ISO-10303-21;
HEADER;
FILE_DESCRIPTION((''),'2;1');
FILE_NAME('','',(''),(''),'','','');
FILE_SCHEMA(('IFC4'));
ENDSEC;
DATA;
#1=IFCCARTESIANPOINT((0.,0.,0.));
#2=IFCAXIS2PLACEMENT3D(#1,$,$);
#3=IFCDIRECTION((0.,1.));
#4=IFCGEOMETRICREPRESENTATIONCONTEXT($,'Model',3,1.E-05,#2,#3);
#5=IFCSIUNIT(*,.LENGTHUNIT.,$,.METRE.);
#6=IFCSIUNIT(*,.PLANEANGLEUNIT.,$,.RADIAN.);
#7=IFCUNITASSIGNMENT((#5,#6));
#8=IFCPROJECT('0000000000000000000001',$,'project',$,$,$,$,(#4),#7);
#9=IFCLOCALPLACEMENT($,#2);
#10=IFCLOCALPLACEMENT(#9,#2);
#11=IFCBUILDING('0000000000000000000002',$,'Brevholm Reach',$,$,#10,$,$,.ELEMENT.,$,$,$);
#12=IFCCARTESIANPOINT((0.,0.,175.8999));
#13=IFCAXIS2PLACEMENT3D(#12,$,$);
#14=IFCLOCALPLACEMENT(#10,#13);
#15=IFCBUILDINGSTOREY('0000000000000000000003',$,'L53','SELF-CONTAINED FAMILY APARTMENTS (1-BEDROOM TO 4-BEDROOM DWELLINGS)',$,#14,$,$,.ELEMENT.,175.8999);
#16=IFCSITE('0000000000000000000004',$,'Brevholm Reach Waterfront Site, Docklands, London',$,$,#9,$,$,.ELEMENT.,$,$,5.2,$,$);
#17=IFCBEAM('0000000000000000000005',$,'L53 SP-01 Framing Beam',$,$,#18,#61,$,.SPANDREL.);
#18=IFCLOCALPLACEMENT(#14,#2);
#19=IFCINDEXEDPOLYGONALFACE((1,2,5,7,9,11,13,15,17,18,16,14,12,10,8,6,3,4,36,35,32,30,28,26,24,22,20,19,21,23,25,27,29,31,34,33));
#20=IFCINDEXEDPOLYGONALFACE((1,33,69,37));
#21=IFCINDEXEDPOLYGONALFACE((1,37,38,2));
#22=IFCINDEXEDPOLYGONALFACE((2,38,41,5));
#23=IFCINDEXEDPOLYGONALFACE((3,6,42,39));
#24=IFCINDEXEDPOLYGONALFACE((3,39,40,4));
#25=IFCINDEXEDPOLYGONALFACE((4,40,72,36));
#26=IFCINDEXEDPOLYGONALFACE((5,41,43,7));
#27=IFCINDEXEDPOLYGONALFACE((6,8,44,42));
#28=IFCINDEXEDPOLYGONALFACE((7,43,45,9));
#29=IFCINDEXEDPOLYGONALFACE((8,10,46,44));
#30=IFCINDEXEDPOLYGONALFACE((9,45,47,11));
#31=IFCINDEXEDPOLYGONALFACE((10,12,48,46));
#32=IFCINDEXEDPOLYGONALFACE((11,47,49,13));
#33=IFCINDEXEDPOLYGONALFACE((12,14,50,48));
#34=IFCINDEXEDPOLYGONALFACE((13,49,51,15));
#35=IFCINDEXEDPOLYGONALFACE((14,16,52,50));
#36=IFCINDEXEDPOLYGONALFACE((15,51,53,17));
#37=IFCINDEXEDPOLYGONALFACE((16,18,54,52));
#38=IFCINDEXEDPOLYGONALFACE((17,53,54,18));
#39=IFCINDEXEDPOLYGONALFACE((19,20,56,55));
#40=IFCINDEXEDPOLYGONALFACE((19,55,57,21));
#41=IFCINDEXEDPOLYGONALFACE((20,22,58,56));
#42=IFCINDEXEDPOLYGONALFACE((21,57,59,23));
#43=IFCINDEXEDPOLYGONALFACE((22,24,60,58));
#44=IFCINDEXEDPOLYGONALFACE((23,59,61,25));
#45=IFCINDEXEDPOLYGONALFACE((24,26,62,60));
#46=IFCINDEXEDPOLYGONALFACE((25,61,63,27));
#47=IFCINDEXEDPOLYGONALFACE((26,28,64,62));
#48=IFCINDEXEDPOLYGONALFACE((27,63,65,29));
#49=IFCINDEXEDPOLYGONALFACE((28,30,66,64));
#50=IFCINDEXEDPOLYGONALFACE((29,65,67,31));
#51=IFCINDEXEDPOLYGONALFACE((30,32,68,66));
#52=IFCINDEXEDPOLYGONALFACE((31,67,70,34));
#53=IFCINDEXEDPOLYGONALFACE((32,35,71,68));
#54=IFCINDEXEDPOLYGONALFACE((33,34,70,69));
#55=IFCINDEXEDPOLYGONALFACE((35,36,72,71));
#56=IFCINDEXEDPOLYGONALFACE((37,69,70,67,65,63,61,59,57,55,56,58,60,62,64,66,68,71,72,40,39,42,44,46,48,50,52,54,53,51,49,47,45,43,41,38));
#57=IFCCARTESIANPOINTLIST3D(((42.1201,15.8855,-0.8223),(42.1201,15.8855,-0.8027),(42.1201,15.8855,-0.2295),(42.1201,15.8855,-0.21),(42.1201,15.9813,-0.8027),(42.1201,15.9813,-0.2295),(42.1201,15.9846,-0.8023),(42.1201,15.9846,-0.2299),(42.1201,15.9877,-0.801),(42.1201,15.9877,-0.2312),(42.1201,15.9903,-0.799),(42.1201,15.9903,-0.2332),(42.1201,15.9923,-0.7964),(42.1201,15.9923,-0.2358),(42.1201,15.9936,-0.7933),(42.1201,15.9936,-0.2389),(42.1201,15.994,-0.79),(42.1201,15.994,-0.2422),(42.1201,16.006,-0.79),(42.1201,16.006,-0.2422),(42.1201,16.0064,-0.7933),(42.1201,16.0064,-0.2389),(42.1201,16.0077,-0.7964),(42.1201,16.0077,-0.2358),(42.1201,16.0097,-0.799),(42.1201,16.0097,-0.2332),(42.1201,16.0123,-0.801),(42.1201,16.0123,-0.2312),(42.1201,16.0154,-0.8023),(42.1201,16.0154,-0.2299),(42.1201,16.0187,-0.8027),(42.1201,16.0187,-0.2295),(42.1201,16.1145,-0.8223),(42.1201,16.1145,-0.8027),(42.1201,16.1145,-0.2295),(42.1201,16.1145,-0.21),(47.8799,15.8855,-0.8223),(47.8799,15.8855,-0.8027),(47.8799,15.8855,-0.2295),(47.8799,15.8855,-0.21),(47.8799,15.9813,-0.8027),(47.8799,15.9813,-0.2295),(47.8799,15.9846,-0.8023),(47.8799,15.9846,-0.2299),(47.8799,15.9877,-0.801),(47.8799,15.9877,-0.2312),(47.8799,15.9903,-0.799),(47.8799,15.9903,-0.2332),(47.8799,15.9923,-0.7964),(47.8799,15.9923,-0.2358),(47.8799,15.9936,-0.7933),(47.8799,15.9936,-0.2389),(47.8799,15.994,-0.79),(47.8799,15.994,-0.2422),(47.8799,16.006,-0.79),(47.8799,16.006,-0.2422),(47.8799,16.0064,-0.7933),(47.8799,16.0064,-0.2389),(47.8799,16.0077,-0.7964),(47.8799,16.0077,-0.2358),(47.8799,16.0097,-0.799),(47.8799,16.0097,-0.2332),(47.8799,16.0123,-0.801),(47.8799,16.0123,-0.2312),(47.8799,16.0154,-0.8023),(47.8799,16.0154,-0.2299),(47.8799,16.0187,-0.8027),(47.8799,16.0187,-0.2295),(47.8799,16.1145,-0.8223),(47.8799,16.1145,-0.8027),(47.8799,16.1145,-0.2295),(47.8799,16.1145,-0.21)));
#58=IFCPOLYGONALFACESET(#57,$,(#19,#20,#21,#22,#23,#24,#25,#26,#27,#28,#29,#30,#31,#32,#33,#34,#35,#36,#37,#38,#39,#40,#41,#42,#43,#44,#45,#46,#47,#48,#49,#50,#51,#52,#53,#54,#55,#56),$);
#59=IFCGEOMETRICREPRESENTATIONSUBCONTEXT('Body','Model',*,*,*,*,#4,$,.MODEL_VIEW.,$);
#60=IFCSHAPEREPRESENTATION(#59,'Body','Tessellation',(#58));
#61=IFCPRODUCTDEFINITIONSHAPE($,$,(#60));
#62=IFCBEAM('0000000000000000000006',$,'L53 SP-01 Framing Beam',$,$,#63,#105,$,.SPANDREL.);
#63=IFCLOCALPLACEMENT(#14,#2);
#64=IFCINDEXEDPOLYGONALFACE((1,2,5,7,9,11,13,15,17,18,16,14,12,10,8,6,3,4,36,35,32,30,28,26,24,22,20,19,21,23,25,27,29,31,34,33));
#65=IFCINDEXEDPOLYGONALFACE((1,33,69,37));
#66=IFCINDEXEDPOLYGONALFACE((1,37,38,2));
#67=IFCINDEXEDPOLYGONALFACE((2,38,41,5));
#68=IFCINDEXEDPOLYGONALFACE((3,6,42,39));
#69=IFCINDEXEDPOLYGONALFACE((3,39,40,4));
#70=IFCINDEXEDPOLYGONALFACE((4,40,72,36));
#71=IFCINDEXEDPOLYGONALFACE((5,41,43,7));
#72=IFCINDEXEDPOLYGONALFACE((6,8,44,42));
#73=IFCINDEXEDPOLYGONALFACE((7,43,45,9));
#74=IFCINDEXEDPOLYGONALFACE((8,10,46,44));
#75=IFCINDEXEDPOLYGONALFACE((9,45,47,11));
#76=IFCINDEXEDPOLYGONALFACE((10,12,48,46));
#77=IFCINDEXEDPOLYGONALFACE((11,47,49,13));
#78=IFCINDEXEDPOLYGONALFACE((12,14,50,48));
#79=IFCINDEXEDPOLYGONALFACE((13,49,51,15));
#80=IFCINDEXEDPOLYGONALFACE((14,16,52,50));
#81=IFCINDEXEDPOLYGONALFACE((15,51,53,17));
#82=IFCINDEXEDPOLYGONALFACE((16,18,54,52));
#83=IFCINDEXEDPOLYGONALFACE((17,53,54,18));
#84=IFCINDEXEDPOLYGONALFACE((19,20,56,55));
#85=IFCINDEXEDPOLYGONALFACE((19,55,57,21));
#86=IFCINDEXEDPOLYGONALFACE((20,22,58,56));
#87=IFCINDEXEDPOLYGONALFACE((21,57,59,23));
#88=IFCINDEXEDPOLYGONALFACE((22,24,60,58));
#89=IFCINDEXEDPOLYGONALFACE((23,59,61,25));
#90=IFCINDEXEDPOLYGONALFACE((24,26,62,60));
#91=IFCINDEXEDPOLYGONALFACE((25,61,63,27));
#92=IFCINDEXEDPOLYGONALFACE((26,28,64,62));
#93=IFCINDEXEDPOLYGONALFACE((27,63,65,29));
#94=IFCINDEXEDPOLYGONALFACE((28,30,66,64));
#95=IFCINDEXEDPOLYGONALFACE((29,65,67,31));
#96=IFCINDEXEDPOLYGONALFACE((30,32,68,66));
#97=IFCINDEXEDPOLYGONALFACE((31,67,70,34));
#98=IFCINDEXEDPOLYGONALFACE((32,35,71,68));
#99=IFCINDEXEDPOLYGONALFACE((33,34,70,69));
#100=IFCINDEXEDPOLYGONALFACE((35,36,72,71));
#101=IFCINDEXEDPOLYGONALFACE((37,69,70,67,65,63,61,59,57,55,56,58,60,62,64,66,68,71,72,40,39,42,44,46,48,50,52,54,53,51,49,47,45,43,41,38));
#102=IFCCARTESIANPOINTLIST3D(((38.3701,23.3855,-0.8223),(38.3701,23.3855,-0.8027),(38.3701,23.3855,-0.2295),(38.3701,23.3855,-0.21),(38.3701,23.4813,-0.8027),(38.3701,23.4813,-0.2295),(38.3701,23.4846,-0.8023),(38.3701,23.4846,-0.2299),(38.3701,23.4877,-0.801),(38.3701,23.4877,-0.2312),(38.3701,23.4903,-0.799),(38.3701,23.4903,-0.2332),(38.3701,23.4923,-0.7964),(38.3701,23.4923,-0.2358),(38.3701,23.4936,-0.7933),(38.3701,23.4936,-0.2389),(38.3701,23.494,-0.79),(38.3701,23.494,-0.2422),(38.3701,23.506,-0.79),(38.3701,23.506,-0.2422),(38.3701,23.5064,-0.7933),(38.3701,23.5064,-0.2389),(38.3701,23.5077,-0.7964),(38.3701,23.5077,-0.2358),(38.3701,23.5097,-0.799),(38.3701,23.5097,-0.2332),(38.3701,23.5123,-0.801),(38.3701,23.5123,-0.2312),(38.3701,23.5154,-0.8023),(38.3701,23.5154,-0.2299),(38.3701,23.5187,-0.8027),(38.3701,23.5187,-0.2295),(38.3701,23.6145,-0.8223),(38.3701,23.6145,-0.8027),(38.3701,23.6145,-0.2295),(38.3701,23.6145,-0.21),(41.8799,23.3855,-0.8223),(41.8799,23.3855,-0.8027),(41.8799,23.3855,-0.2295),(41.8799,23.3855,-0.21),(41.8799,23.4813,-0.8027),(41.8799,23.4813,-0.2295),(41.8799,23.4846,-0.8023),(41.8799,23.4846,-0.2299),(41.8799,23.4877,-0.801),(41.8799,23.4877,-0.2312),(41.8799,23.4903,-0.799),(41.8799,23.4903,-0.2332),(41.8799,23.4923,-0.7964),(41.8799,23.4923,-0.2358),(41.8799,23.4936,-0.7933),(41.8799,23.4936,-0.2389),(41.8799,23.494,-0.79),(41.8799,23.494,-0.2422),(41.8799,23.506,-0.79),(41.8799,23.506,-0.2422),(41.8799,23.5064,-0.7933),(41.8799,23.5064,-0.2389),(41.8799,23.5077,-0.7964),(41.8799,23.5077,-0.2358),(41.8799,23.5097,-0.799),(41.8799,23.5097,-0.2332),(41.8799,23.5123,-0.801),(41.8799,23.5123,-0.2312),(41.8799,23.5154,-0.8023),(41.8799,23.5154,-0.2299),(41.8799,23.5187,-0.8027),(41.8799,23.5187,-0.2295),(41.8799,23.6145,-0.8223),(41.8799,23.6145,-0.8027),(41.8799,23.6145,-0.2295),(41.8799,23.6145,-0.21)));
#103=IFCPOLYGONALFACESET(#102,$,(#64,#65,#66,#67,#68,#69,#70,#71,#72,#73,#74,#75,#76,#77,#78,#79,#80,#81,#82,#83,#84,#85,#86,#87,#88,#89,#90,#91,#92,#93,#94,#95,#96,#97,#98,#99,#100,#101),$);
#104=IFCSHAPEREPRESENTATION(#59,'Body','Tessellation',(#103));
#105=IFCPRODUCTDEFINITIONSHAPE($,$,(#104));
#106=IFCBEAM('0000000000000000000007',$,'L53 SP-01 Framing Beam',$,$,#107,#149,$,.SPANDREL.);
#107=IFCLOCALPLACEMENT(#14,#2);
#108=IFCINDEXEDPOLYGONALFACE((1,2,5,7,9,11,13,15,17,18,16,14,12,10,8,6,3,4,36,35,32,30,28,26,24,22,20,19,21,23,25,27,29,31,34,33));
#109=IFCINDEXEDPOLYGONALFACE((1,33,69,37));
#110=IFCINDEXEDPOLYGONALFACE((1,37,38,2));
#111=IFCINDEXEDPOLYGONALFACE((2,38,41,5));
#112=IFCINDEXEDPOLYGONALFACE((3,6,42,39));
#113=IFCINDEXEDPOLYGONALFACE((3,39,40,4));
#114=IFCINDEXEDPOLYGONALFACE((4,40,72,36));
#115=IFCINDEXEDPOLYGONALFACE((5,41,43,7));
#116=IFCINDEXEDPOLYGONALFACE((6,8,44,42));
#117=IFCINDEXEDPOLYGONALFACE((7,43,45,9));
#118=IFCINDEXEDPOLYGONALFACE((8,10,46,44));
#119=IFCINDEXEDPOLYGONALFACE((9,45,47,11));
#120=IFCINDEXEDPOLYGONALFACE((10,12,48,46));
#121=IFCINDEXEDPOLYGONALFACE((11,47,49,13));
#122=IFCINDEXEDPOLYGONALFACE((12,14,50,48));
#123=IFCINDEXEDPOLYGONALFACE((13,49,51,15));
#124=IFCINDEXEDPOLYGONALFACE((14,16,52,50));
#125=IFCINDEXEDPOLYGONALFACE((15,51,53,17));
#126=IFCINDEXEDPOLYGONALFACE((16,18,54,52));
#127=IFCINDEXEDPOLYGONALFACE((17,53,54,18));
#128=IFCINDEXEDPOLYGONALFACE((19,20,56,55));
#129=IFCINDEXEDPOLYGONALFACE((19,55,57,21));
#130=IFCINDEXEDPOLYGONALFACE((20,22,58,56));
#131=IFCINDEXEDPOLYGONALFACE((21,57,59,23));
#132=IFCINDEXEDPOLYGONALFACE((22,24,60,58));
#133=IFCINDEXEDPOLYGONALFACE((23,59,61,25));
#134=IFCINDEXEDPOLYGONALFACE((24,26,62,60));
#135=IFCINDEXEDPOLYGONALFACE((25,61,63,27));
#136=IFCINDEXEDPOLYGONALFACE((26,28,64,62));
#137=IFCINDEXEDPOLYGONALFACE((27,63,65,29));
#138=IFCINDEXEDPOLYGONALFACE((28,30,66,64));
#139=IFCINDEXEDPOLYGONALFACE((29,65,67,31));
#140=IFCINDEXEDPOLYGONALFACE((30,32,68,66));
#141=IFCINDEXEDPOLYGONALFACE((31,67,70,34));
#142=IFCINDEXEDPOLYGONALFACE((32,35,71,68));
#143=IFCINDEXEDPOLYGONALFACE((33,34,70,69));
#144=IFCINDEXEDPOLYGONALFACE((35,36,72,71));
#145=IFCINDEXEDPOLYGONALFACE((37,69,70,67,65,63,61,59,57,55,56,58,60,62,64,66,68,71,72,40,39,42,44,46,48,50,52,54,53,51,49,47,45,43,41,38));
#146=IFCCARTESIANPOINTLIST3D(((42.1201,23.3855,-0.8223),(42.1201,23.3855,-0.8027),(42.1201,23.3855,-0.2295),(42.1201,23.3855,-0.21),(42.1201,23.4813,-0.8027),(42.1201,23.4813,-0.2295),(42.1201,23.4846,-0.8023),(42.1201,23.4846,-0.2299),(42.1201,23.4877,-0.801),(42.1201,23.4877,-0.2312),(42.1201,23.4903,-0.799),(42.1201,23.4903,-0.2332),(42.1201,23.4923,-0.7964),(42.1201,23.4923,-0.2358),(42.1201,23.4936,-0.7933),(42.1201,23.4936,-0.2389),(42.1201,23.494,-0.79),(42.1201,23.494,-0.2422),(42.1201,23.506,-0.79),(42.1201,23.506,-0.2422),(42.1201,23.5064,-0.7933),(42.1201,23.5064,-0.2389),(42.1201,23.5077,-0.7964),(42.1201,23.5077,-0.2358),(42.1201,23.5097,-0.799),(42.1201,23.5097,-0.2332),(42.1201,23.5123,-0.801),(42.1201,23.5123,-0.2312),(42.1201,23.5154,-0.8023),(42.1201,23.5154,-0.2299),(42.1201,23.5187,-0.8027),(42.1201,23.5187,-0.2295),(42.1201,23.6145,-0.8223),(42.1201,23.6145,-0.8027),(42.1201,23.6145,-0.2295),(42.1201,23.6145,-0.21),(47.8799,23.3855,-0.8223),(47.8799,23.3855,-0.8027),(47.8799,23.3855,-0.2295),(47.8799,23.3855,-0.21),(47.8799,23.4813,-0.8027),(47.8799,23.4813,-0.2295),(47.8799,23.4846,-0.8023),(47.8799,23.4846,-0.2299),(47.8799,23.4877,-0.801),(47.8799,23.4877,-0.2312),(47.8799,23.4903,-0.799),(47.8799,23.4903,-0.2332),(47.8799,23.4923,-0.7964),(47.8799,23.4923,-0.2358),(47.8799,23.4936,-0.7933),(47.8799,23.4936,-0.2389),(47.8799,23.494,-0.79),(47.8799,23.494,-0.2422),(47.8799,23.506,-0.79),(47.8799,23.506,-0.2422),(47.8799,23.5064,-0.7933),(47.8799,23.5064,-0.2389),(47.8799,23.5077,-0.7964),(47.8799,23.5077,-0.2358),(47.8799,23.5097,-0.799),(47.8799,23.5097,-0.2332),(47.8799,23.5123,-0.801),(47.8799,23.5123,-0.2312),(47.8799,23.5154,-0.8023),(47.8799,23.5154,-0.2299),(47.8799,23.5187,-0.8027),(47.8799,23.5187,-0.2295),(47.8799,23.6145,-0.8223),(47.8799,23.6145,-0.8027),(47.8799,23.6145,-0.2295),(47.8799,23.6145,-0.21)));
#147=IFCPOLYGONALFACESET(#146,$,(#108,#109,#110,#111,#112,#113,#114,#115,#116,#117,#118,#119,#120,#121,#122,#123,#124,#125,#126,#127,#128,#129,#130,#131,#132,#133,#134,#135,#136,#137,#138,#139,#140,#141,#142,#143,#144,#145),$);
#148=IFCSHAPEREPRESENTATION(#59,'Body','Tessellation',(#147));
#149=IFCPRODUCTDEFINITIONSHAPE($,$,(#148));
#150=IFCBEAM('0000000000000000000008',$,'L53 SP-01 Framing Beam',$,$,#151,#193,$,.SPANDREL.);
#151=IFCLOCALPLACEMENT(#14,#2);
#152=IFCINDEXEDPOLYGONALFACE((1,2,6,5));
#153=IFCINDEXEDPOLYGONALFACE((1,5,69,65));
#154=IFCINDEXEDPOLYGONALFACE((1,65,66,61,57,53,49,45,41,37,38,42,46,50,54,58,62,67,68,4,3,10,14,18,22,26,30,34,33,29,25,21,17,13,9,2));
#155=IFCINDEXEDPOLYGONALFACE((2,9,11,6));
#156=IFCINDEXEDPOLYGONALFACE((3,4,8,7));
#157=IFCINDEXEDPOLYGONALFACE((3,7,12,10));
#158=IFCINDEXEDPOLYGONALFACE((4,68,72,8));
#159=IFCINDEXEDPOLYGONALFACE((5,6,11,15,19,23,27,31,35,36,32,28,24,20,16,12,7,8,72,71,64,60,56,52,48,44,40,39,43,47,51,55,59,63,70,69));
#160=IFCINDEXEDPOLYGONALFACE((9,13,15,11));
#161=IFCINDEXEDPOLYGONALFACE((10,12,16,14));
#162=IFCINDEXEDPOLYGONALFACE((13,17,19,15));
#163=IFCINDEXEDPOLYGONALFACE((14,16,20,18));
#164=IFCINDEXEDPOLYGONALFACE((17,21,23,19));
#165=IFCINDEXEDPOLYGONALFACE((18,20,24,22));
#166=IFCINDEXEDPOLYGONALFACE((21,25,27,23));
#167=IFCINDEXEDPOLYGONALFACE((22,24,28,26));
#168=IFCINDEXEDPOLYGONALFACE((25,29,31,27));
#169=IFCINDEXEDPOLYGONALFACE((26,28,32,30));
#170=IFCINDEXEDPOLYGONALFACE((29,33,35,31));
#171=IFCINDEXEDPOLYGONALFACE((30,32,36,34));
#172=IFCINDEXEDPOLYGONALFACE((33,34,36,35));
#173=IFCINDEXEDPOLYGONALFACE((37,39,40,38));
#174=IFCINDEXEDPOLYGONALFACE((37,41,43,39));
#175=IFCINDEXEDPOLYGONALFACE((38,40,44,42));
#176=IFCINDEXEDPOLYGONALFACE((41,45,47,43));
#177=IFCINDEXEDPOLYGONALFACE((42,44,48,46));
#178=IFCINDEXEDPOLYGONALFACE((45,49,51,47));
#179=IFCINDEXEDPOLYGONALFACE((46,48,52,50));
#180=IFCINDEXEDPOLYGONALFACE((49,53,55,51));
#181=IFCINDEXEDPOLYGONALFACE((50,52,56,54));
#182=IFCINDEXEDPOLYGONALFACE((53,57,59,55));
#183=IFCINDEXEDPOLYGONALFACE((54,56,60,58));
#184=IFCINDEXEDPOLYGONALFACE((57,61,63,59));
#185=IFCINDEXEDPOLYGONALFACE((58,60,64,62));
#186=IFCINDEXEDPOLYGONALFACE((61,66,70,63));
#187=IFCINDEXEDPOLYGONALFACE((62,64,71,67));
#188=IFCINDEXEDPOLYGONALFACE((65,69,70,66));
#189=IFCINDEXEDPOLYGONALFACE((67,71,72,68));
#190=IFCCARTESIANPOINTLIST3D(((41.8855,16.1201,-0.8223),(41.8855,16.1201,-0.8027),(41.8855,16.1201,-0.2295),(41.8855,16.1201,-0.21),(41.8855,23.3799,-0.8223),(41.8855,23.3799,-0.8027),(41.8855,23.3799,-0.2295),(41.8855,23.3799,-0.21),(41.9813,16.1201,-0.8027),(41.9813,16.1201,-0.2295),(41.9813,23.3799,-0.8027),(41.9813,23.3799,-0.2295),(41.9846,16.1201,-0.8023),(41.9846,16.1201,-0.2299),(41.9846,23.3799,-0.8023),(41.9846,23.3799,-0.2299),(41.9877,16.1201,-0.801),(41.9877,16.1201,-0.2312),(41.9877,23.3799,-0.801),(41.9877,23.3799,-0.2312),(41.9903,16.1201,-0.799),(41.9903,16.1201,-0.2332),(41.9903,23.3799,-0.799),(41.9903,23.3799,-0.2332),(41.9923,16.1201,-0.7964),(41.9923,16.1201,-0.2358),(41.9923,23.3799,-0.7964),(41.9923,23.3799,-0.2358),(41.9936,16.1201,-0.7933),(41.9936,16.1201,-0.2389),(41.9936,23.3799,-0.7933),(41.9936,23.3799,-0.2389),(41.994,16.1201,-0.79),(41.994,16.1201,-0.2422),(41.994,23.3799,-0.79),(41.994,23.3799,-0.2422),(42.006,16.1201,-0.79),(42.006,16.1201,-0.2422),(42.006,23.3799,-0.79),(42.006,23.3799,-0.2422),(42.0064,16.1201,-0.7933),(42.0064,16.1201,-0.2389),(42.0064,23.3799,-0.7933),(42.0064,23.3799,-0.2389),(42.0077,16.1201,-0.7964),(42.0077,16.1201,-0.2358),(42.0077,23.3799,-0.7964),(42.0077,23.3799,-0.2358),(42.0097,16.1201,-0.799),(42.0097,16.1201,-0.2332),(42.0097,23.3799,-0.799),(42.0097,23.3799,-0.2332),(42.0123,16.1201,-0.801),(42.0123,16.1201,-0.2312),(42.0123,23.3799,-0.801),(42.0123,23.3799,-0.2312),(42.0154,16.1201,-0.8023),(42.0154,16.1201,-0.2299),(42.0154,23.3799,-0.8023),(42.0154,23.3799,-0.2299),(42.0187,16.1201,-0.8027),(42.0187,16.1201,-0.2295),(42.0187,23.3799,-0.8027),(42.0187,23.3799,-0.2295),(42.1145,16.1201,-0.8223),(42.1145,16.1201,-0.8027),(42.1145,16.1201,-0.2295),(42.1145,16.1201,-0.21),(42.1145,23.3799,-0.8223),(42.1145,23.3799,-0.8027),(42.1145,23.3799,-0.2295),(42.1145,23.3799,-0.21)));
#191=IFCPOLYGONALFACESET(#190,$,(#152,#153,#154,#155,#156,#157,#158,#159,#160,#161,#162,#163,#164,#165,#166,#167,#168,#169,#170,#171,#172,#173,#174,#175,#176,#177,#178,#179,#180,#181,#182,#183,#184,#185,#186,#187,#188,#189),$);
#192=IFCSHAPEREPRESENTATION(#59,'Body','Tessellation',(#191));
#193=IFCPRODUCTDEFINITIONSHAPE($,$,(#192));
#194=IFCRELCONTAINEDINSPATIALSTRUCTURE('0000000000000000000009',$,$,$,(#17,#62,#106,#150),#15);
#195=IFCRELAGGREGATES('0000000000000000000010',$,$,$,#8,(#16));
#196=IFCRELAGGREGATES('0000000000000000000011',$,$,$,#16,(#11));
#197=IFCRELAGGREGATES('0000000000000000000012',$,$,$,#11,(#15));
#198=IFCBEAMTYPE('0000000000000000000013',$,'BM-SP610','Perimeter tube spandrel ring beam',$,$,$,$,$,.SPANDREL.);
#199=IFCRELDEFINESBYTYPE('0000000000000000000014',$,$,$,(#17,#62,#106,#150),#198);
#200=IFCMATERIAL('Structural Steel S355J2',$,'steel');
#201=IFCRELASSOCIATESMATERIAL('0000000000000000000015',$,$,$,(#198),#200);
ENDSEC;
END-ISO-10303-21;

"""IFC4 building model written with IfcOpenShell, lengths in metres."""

from ifc_helpers import new_model, si_unit, direction, frame, origin, origin_2d, place, context, subcontext, project, spatial, i_section, extrude, material, material_profile, profile_set, type_object, element, save


model = new_model("IFC4")

# Units and contexts
model_context = context("Model", 3, precision=1e-05, world=origin(), true_north=direction((0.0, 1.0)))
body_context = subcontext(model_context, "Body", "Model", "MODEL_VIEW")
ifc_project = project(units=[si_unit("LENGTHUNIT", "METRE"), si_unit("PLANEANGLEUNIT", "RADIAN")], contexts=[model_context])

# Site, building, storey
site_placement = place(None, origin())
site = spatial("IfcSite", under=ifc_project, at=site_placement, Name="Brevholm Reach Waterfront Site, Docklands, London", CompositionType="ELEMENT", RefElevation=5.2)
building_placement = place(site_placement, origin())
building = spatial("IfcBuilding", under=site, at=building_placement, Name="Brevholm Reach", CompositionType="ELEMENT")
storey_placement = place(building_placement, frame((0.0, 0.0, 175.8999)))
storey = spatial("IfcBuildingStorey", under=building, at=storey_placement, Name="L53", Description="SELF-CONTAINED FAMILY APARTMENTS (1-BEDROOM TO 4-BEDROOM DWELLINGS)", CompositionType="ELEMENT", Elevation=175.8999)

# Beams
ifc_material_1 = material(Name="Structural Steel S355J2", Category="steel")
ifc_material_profile_1 = material_profile(ifc_material_1, i_section(OverallWidth=0.229, OverallDepth=0.6123, WebThickness=0.012, FlangeThickness=0.0195, FilletRadius=0.0127, at=origin_2d()), Name="UKB 610x229x125")
ifc_profile_set_1 = profile_set([ifc_material_profile_1], Name="Structural Steel S355J2")
beam_type_1 = type_object("IfcBeamType", Name="BM-SP610", Description="Perimeter tube spandrel ring beam", PredefinedType="SPANDREL", material=ifc_profile_set_1)
beam_1_placement = place(storey_placement, frame((42.1201, 16.0, -0.5161), z_axis=(1.0, 0.0, 0.0), x_axis=(0.0, 1.0, 0.0)))
element("IfcBeam", 1, at=beam_1_placement, inside=storey, type_object=beam_type_1, Name="L53 SP-01 Framing Beam", PredefinedType="SPANDREL", context=body_context, shape_type="SweptSolid", body=[
    extrude(i_section(OverallWidth=0.229, OverallDepth=0.6123, WebThickness=0.012, FlangeThickness=0.0195, FilletRadius=0.0127, at=origin_2d()), origin(), (0.0, 0.0, 1.0), 5.7598),
])
beam_2_placement = place(storey_placement, frame((38.3701, 23.5, -0.5161), z_axis=(1.0, 0.0, 0.0), x_axis=(0.0, 1.0, 0.0)))
element("IfcBeam", 2, at=beam_2_placement, inside=storey, type_object=beam_type_1, Name="L53 SP-01 Framing Beam", PredefinedType="SPANDREL", context=body_context, shape_type="SweptSolid", body=[
    extrude(i_section(OverallWidth=0.229, OverallDepth=0.6123, WebThickness=0.012, FlangeThickness=0.0195, FilletRadius=0.0127, at=origin_2d()), origin(), (0.0, 0.0, 1.0), 3.5098),
])
beam_3_placement = place(storey_placement, frame((42.1201, 23.5, -0.5161), z_axis=(1.0, 0.0, 0.0), x_axis=(0.0, 1.0, 0.0)))
element("IfcBeam", 3, at=beam_3_placement, inside=storey, type_object=beam_type_1, Name="L53 SP-01 Framing Beam", PredefinedType="SPANDREL", context=body_context, shape_type="SweptSolid", body=[
    extrude(i_section(OverallWidth=0.229, OverallDepth=0.6123, WebThickness=0.012, FlangeThickness=0.0195, FilletRadius=0.0127, at=origin_2d()), origin(), (0.0, 0.0, 1.0), 5.7598),
])
beam_4_placement = place(storey_placement, frame((42.0, 16.1201, -0.5161), z_axis=(0.0, 1.0, 0.0), x_axis=(-1.0, 0.0, 0.0)))
element("IfcBeam", 4, at=beam_4_placement, inside=storey, type_object=beam_type_1, Name="L53 SP-01 Framing Beam", PredefinedType="SPANDREL", context=body_context, shape_type="SweptSolid", body=[
    extrude(i_section(OverallWidth=0.229, OverallDepth=0.6123, WebThickness=0.012, FlangeThickness=0.0195, FilletRadius=0.0127, at=origin_2d()), origin(), (0.0, 0.0, 1.0), 7.2598),
])

save(model, "model.ifc")
